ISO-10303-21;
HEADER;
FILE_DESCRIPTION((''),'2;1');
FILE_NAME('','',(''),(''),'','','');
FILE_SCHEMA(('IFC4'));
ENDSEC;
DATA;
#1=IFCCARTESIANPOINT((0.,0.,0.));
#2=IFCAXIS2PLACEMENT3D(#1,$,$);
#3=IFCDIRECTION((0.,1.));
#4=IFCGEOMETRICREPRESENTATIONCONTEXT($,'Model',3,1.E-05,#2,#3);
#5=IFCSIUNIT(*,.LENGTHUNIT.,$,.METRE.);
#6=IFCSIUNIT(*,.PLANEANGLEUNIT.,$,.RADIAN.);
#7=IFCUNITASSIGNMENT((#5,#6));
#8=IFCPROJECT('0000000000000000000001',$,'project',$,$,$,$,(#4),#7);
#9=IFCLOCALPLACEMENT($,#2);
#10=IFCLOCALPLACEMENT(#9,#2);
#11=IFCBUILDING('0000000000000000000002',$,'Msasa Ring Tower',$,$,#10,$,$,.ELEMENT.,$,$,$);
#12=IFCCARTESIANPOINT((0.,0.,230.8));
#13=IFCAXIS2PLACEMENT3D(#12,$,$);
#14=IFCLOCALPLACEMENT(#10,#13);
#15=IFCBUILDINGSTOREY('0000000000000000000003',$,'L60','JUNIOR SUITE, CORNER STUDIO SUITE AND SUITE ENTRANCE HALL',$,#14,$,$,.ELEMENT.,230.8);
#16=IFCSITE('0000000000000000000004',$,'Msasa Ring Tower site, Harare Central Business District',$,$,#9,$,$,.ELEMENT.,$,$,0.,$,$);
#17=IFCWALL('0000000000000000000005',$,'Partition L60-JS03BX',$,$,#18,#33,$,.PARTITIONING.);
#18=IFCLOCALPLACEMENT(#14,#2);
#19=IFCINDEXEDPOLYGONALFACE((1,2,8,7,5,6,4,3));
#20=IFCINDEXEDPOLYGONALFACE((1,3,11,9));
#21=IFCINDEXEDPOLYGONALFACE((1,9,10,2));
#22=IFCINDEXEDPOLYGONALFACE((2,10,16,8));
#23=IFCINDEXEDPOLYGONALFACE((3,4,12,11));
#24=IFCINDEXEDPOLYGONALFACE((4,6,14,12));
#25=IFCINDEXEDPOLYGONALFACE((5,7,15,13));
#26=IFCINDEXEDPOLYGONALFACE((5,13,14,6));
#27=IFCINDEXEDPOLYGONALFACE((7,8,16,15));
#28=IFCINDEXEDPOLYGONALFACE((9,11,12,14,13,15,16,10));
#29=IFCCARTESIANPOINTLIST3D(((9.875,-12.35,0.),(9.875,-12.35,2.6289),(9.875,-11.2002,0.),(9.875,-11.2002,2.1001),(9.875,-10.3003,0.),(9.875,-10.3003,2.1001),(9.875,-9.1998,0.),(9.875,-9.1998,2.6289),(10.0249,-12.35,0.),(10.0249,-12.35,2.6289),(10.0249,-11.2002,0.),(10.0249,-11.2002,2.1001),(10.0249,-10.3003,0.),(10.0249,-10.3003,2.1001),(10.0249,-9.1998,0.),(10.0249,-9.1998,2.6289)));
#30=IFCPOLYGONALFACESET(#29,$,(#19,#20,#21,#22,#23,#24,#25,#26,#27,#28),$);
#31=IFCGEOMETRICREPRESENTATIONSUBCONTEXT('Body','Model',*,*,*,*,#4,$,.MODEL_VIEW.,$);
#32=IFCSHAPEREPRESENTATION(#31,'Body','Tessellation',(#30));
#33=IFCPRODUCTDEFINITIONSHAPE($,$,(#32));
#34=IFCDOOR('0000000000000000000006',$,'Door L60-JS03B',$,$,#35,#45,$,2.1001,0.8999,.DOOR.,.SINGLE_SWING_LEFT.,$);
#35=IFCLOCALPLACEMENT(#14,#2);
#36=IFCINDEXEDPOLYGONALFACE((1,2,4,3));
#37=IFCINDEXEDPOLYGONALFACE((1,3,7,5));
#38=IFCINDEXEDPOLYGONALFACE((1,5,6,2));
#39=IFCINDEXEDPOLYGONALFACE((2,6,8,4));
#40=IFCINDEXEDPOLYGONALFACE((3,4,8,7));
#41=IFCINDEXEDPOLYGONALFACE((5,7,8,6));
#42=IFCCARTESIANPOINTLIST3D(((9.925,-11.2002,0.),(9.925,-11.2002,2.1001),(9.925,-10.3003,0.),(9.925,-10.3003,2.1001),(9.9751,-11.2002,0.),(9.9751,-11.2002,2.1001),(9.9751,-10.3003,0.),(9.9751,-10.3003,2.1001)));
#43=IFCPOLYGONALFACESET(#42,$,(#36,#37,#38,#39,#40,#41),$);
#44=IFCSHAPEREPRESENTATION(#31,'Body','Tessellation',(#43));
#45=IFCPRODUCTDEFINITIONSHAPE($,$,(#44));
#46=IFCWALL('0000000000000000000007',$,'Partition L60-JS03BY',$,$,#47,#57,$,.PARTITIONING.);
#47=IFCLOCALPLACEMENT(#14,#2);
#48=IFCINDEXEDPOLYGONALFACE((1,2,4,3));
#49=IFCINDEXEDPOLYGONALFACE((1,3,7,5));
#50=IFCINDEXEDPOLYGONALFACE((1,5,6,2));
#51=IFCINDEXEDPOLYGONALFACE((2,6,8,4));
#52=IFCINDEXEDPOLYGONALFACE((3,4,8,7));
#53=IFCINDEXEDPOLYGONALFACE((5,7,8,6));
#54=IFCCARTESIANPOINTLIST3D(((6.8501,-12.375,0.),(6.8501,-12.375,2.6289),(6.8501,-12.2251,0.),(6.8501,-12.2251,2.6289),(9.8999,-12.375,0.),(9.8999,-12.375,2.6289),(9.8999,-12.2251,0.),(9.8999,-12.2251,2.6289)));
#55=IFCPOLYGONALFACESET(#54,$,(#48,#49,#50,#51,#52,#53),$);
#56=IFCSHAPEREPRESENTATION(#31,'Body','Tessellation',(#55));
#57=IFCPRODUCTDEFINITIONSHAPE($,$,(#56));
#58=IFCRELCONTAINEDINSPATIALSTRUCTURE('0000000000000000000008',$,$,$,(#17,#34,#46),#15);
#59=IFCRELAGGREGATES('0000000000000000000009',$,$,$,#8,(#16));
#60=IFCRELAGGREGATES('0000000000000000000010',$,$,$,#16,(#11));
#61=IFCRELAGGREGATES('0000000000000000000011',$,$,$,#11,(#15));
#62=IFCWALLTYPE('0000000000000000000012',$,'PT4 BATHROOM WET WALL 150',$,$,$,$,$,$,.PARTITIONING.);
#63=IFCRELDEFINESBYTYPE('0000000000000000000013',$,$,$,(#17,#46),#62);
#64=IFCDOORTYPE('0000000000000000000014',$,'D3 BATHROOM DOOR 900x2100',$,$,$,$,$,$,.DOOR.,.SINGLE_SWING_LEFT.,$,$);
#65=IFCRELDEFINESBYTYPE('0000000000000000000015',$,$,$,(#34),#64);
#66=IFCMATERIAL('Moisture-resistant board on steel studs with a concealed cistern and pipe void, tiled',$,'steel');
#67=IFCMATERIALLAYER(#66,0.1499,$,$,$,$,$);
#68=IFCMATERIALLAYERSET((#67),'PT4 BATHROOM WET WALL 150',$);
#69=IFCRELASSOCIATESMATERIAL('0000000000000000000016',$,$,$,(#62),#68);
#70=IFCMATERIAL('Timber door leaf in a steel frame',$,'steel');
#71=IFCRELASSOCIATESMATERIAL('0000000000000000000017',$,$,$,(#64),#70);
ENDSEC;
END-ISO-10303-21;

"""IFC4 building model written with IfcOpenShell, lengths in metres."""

from ifc_helpers import new_model, si_unit, direction, frame, frame_2d, origin, place, context, subcontext, project, spatial, rectangle, extrude, material, layer, layer_set, type_object, element, fill, save


model = new_model("IFC4")

# Units and contexts
model_context = context("Model", 3, precision=1e-05, world=origin(), true_north=direction((0.0, 1.0)))
body_context = subcontext(model_context, "Body", "Model", "MODEL_VIEW")
ifc_project = project(units=[si_unit("LENGTHUNIT", "METRE"), si_unit("PLANEANGLEUNIT", "RADIAN")], contexts=[model_context])

# Site, building, storey
site_placement = place(None, origin())
site = spatial("IfcSite", under=ifc_project, at=site_placement, Name="Msasa Ring Tower site, Harare Central Business District", CompositionType="ELEMENT", RefElevation=0.0)
building_placement = place(site_placement, origin())
building = spatial("IfcBuilding", under=site, at=building_placement, Name="Msasa Ring Tower", CompositionType="ELEMENT")
storey_placement = place(building_placement, frame((0.0, 0.0, 230.8)))
storey = spatial("IfcBuildingStorey", under=building, at=storey_placement, Name="L60", Description="JUNIOR SUITE, CORNER STUDIO SUITE AND SUITE ENTRANCE HALL", CompositionType="ELEMENT", Elevation=230.8)

# Shared definitions
ifc_material_1 = material(Name="Moisture-resistant board on steel studs with a concealed cistern and pipe void, tiled", Category="steel")
ifc_layer_1 = layer(ifc_material_1, 0.1499)
ifc_layer_set_1 = layer_set([ifc_layer_1], Name="PT4 BATHROOM WET WALL 150")
wall_type_1 = type_object("IfcWallType", Name="PT4 BATHROOM WET WALL 150", PredefinedType="PARTITIONING", material=ifc_layer_set_1)
ifc_material_2 = material(Name="Timber door leaf in a steel frame", Category="steel")
door_type = type_object("IfcDoorType", Name="D3 BATHROOM DOOR 900x2100", OperationType="SINGLE_SWING_LEFT", PredefinedType="DOOR", material=ifc_material_2)

# Wall, opening, door
wall_1_placement = place(storey_placement, frame((9.95, -12.3501, 0.0), z_axis=(0.0, 0.0, 1.0), x_axis=(0.0, 1.0, 0.0)))
wall_1 = element("IfcWall", 1, at=wall_1_placement, inside=storey, type_object=wall_type_1, Name="Partition L60-JS03BX", PredefinedType="PARTITIONING", context=body_context, shape_type="SweptSolid", body=[
    extrude(rectangle(XDim=3.1501, YDim=0.1499, at=frame_2d((1.5752, 0.0))), origin(), (0.0, 0.0, 1.0), 2.6289),
])
opening_1_placement = place(wall_1_placement, frame((1.1499, 0.0, 0.0)))
opening_1 = element("IfcOpeningElement", 2, at=opening_1_placement, cuts=wall_1, PredefinedType="OPENING", context=body_context, shape_type="SweptSolid", body=[
    extrude(rectangle(XDim=0.8999, YDim=2.1001, at=frame_2d((0.45, 1.05))), frame((0.0, 0.085, 0.0), z_axis=(0.0, -1.0, 0.0), x_axis=(1.0, 0.0, 0.0)), (0.0, 0.0, 1.0), 0.1699),
])
door_1_placement = place(opening_1_placement, origin())
door_1 = element("IfcDoor", 3, at=door_1_placement, inside=storey, type_object=door_type, Name="Door L60-JS03B", OperationType="SINGLE_SWING_LEFT", OverallHeight=2.1001, OverallWidth=0.8999, PredefinedType="DOOR", context=body_context, shape_type="SweptSolid", body=[
    extrude(rectangle(XDim=0.8999, YDim=2.1001, at=frame_2d((0.45, 1.05))), frame((0.0, 0.0249, 0.0), z_axis=(0.0, -1.0, 0.0), x_axis=(1.0, 0.0, 0.0)), (0.0, 0.0, 1.0), 0.05),
])
fill(opening_1, door_1)

# Wall
wall_2_placement = place(storey_placement, frame((6.8501, -12.3, 0.0), z_axis=(0.0, 0.0, 1.0), x_axis=(1.0, 0.0, 0.0)))
element("IfcWall", 4, at=wall_2_placement, inside=storey, type_object=wall_type_1, Name="Partition L60-JS03BY", PredefinedType="PARTITIONING", context=body_context, shape_type="SweptSolid", body=[
    extrude(rectangle(XDim=3.0498, YDim=0.1499, at=frame_2d((1.5249, 0.0))), origin(), (0.0, 0.0, 1.0), 2.6289),
])

save(model, "model.ifc")
